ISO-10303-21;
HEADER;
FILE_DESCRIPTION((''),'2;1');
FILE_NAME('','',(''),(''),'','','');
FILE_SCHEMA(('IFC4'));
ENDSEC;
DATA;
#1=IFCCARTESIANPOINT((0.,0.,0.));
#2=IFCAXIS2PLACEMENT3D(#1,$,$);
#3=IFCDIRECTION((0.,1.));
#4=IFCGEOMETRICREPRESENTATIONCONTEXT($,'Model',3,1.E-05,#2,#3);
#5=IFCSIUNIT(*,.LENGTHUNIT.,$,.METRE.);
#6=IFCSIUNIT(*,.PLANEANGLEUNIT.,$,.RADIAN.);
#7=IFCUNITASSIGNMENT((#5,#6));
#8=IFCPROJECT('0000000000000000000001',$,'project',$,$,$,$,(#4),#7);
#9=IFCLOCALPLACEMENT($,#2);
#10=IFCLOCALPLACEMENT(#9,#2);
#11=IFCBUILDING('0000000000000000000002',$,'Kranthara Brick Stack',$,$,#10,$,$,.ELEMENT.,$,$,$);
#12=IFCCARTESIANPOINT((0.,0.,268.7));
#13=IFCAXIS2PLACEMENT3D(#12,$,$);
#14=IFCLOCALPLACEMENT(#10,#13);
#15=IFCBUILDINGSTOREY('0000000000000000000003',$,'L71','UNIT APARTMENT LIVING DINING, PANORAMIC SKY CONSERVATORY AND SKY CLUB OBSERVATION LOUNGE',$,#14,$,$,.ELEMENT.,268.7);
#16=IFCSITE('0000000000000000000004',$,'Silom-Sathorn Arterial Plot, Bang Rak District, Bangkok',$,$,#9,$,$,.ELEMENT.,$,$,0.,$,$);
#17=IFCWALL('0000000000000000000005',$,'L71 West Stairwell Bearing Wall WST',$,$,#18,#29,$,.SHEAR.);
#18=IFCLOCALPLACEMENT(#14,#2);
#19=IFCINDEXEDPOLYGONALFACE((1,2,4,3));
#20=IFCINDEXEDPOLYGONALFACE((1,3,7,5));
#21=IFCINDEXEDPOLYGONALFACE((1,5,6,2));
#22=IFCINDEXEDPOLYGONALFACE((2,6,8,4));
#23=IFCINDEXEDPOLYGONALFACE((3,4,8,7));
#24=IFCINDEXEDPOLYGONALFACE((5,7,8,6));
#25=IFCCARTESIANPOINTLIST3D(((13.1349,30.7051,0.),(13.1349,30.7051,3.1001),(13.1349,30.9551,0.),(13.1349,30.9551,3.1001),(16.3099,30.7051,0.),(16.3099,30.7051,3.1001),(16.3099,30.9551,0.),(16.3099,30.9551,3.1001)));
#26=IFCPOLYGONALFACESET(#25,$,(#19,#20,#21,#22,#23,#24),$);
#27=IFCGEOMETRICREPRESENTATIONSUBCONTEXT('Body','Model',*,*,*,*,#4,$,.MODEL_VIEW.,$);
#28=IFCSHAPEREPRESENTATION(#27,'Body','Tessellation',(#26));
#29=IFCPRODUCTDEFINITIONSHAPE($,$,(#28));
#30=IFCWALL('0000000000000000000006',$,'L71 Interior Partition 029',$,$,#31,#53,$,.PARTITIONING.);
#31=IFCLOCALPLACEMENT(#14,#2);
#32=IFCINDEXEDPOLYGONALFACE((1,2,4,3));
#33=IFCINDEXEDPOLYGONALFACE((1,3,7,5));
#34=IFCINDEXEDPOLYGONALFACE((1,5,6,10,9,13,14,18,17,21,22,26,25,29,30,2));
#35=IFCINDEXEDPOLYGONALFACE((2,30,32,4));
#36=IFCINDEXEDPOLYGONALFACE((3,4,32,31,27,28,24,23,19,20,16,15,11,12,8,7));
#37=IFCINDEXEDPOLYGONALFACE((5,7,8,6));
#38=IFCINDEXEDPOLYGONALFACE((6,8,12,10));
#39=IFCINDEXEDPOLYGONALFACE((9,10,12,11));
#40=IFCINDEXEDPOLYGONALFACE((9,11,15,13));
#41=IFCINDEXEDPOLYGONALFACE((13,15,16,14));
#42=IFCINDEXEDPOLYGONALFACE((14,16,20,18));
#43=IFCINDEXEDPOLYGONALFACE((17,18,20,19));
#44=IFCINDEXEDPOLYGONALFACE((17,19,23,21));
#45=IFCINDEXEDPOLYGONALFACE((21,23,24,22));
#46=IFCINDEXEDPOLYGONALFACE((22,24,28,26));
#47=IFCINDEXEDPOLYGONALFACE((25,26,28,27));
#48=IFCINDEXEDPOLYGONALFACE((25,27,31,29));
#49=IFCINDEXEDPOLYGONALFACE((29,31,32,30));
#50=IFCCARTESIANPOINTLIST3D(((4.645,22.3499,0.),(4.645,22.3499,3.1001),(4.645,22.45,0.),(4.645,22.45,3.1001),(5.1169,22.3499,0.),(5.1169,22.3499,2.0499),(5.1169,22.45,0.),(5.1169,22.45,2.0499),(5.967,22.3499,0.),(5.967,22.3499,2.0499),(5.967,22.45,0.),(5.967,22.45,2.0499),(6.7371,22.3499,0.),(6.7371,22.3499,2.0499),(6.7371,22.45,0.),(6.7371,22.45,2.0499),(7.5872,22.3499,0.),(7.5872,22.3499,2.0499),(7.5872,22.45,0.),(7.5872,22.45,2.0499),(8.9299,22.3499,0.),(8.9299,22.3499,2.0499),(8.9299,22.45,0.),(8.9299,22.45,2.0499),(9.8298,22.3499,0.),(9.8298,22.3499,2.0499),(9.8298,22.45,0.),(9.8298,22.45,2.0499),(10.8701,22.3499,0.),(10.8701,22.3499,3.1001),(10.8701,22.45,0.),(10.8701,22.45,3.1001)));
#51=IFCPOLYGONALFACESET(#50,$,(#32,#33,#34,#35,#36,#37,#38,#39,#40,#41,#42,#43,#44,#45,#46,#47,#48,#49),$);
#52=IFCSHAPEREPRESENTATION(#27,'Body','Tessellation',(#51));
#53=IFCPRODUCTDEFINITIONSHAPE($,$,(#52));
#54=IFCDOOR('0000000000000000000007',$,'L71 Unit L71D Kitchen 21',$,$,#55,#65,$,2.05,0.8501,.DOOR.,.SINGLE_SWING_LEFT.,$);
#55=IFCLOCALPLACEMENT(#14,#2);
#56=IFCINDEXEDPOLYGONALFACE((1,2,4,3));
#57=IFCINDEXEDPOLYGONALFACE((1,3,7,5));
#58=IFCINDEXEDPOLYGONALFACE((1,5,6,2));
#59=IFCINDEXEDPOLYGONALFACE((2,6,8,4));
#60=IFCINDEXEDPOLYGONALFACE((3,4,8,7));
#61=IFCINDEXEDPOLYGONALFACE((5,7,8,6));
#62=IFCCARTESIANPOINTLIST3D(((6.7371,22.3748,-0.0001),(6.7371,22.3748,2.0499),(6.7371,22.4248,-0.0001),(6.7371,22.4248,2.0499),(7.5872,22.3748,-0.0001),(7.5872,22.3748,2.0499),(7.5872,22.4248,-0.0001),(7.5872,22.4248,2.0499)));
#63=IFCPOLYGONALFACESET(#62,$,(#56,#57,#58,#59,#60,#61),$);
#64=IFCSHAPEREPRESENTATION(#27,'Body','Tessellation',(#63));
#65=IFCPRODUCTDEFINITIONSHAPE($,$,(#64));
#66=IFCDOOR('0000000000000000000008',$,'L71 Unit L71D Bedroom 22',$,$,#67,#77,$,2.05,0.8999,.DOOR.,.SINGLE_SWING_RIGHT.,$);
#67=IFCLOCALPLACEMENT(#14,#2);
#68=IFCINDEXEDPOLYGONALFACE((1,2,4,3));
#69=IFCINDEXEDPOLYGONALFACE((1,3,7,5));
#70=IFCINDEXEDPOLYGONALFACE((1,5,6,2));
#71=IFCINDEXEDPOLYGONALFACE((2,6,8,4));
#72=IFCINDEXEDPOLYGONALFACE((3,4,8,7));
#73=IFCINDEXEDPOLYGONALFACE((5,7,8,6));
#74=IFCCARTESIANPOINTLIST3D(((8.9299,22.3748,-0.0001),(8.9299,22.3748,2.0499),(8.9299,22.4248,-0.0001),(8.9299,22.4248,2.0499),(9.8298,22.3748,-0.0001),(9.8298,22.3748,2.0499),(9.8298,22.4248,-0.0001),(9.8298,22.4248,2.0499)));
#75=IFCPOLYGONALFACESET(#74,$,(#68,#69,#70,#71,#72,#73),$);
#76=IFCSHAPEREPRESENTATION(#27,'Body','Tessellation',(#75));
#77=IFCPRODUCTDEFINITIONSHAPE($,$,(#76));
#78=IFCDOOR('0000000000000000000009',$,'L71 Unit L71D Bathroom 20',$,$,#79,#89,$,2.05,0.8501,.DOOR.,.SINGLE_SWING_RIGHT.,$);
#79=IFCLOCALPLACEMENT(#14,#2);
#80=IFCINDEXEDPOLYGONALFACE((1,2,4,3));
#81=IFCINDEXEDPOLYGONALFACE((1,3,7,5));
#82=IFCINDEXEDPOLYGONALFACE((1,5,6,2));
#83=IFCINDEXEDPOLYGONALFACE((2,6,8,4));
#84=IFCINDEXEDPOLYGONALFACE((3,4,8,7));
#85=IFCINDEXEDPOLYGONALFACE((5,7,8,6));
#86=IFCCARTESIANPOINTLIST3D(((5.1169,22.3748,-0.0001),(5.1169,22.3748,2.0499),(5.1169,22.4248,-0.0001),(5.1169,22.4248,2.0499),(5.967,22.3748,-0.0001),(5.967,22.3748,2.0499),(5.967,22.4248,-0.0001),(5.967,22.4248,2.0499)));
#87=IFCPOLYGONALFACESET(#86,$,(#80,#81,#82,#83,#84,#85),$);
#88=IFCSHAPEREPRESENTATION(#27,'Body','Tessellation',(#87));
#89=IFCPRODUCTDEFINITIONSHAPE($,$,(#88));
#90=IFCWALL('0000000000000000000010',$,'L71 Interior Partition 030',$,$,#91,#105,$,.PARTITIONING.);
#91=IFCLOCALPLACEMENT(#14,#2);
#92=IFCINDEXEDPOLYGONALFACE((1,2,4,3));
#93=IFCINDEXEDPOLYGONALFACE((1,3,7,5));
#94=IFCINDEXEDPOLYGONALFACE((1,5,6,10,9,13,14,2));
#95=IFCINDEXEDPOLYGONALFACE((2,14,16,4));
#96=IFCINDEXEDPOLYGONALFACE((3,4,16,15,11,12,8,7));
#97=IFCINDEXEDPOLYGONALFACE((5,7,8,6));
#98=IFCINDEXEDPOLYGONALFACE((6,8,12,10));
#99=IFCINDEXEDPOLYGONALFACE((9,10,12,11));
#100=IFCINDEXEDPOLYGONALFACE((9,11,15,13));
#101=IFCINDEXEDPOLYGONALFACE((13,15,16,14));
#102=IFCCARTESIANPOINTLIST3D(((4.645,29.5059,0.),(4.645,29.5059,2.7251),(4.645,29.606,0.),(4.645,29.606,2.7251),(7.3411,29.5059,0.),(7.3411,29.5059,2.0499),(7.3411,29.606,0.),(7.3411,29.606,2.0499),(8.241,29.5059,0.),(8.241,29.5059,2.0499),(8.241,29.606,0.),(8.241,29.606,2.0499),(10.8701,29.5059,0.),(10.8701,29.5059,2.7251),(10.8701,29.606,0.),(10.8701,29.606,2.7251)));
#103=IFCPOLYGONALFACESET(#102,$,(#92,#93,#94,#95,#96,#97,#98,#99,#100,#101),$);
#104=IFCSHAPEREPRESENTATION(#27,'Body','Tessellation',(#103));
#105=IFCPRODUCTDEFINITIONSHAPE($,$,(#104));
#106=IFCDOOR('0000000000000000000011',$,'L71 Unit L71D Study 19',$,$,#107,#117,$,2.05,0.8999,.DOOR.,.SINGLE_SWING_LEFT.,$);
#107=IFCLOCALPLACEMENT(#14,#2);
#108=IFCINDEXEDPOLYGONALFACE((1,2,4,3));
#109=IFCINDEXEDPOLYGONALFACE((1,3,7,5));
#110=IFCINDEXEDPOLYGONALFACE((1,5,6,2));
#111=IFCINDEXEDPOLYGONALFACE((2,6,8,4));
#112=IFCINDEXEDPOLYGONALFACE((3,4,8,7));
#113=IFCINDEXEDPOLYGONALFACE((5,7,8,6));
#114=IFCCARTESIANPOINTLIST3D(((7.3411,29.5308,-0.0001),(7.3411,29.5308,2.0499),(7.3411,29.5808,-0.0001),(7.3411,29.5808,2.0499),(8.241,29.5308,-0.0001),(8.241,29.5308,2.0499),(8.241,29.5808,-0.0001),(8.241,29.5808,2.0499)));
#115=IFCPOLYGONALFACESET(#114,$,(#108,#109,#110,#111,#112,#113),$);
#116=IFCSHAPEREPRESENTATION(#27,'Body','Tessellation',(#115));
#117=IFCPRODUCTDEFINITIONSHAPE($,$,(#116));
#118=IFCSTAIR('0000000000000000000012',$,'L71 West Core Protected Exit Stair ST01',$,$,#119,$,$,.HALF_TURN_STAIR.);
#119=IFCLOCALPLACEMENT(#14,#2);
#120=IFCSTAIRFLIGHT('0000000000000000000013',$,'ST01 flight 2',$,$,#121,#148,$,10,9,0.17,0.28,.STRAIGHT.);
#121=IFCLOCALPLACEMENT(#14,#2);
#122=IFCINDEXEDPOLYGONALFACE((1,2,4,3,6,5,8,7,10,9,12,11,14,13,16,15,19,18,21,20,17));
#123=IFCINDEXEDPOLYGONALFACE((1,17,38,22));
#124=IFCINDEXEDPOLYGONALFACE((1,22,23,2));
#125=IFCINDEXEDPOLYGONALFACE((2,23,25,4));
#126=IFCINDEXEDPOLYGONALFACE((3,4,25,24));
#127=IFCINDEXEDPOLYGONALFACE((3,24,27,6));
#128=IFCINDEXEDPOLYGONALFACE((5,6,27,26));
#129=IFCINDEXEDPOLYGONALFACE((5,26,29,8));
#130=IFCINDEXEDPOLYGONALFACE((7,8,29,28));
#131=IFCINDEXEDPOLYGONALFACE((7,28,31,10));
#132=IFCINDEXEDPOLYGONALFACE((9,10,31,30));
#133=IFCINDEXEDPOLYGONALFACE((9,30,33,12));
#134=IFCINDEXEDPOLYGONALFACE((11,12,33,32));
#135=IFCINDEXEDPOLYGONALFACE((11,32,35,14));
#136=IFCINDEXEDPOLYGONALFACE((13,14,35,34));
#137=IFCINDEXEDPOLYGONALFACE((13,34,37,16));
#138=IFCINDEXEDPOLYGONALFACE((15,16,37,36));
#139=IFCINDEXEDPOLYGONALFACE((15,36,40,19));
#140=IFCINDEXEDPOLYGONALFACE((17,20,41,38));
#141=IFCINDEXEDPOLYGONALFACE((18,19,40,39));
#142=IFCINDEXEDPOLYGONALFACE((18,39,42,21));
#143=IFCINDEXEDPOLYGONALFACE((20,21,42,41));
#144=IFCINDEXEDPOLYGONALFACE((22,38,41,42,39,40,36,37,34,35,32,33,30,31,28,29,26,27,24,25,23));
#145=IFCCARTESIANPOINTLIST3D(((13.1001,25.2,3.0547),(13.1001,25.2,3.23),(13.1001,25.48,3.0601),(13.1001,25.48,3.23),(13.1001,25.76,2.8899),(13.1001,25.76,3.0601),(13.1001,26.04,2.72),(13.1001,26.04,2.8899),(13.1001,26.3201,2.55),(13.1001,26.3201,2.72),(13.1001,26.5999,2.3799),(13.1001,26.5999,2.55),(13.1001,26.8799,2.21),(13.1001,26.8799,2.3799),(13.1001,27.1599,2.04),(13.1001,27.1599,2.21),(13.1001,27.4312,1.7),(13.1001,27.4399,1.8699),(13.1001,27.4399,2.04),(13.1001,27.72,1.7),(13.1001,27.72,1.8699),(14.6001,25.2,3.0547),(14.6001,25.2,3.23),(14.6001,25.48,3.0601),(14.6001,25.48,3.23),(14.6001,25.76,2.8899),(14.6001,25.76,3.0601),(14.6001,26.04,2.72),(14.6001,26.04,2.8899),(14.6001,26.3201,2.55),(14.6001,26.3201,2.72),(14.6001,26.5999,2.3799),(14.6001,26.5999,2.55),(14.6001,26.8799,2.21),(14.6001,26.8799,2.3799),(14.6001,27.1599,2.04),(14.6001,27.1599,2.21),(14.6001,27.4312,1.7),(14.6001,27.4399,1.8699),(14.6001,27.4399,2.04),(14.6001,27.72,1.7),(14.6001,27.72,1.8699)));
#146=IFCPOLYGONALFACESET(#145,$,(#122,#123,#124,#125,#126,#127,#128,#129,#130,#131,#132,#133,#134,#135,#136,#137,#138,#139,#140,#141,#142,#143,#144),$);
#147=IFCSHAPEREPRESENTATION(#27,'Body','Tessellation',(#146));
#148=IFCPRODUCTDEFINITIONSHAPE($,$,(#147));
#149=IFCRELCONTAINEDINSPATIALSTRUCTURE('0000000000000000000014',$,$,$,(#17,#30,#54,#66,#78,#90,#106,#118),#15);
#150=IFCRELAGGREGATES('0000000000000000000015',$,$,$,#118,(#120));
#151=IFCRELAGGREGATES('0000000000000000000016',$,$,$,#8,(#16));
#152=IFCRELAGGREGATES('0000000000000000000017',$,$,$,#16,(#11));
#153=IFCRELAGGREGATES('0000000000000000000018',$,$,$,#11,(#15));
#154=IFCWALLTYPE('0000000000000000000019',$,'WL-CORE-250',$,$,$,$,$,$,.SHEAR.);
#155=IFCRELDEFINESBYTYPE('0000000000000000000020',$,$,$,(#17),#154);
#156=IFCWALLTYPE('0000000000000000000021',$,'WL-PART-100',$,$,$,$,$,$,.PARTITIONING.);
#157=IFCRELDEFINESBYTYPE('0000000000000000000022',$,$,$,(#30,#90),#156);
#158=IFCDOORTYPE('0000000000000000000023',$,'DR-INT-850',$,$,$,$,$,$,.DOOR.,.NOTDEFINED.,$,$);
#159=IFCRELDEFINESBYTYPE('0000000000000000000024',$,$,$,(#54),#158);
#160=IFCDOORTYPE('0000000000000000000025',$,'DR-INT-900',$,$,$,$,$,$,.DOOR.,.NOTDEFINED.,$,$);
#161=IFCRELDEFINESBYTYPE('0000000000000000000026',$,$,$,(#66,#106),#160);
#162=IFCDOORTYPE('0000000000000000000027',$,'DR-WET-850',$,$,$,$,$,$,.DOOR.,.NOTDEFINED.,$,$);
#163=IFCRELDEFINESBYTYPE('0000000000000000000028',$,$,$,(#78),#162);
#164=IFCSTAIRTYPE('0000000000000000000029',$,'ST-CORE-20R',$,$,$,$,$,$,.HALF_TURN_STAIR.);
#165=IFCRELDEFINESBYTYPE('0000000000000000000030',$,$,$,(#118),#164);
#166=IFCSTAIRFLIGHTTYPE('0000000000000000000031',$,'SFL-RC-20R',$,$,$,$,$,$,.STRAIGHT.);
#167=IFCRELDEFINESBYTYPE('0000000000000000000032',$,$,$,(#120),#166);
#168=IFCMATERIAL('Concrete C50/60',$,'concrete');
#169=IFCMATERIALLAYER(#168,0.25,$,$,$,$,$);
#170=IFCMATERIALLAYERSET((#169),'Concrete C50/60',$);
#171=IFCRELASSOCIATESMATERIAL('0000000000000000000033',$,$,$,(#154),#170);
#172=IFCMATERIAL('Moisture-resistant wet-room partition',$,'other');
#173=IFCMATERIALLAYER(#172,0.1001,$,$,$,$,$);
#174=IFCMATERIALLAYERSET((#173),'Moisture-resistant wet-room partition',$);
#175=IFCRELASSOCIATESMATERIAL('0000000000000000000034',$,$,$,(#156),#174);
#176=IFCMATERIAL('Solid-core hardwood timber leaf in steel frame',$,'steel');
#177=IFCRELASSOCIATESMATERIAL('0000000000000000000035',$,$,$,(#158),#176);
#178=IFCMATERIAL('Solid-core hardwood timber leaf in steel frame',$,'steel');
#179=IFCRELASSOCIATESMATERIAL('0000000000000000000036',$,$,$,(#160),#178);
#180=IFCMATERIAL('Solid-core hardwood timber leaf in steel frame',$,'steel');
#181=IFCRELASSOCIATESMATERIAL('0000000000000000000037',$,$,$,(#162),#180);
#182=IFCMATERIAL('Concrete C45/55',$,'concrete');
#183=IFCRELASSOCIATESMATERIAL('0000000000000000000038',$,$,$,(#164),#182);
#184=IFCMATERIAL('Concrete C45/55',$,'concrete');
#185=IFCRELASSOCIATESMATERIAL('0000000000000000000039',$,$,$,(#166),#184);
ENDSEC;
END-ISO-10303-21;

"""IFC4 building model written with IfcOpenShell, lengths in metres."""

from ifc_helpers import new_model, si_unit, direction, frame, frame_2d, origin, place, context, subcontext, project, spatial, polyline, rectangle, outline, extrude, material, layer, layer_set, type_object, element, fill, aggregate, save


model = new_model("IFC4")

# Units and contexts
model_context = context("Model", 3, precision=1e-05, world=origin(), true_north=direction((0.0, 1.0)))
body_context = subcontext(model_context, "Body", "Model", "MODEL_VIEW")
ifc_project = project(units=[si_unit("LENGTHUNIT", "METRE"), si_unit("PLANEANGLEUNIT", "RADIAN")], contexts=[model_context])

# Site, building, storey
site_placement = place(None, origin())
site = spatial("IfcSite", under=ifc_project, at=site_placement, Name="Silom-Sathorn Arterial Plot, Bang Rak District, Bangkok", CompositionType="ELEMENT", RefElevation=0.0)
building_placement = place(site_placement, origin())
building = spatial("IfcBuilding", under=site, at=building_placement, Name="Kranthara Brick Stack", CompositionType="ELEMENT")
storey_placement = place(building_placement, frame((0.0, 0.0, 268.7)))
storey = spatial("IfcBuildingStorey", under=building, at=storey_placement, Name="L71", Description="UNIT APARTMENT LIVING DINING, PANORAMIC SKY CONSERVATORY AND SKY CLUB OBSERVATION LOUNGE", CompositionType="ELEMENT", Elevation=268.7)

# Wall
ifc_material_1 = material(Name="Concrete C50/60", Category="concrete")
ifc_layer_1 = layer(ifc_material_1, 0.25)
ifc_layer_set_1 = layer_set([ifc_layer_1], Name="Concrete C50/60")
wall_type_1 = type_object("IfcWallType", Name="WL-CORE-250", PredefinedType="SHEAR", material=ifc_layer_set_1)
for number, where, z_axis, x_axis, name in (
    (1, (13.135, 30.8301, 0.0), (0.0, 0.0, 1.0), (1.0, 0.0, 0.0), "L71 West Stairwell Bearing Wall WST"),
):
    element("IfcWall", number, at=place(storey_placement, frame(where, z_axis=z_axis, x_axis=x_axis)), inside=storey, type_object=wall_type_1, Name=name, PredefinedType="SHEAR", context=body_context, shape_type="SweptSolid", body=[
        extrude(rectangle(XDim=3.175, YDim=0.25, at=frame_2d((1.5874, 0.0))), origin(), (0.0, 0.0, 1.0), 3.1001),
    ])

# Wall, openings, doors
ifc_material_2 = material(Name="Moisture-resistant wet-room partition", Category="other")
ifc_layer_2 = layer(ifc_material_2, 0.1001)
ifc_layer_set_2 = layer_set([ifc_layer_2], Name="Moisture-resistant wet-room partition")
wall_type_2 = type_object("IfcWallType", Name="WL-PART-100", PredefinedType="PARTITIONING", material=ifc_layer_set_2)
wall_1_placement = place(storey_placement, frame((4.645, 22.3999, 0.0), z_axis=(0.0, 0.0, 1.0), x_axis=(1.0, 0.0, 0.0)))
wall_1 = element("IfcWall", 2, at=wall_1_placement, inside=storey, type_object=wall_type_2, Name="L71 Interior Partition 029", PredefinedType="PARTITIONING", context=body_context, shape_type="SweptSolid", body=[
    extrude(rectangle(XDim=6.2251, YDim=0.1001, at=frame_2d((3.1125, 0.0))), origin(), (0.0, 0.0, 1.0), 3.1001),
])
opening_1_placement = place(wall_1_placement, frame((0.4719, 0.0, 0.0)))
opening_1 = element("IfcOpeningElement", 3, at=opening_1_placement, cuts=wall_1, PredefinedType="OPENING", context=body_context, shape_type="SweptSolid", body=[
    extrude(rectangle(XDim=0.8501, YDim=2.05, at=frame_2d((0.425, 1.0249))), frame((0.0, 0.0601, 0.0), z_axis=(0.0, -1.0, 0.0), x_axis=(1.0, 0.0, 0.0)), (0.0, 0.0, 1.0), 0.1201),
])
opening_2_placement = place(wall_1_placement, frame((2.092, 0.0, 0.0)))
opening_2 = element("IfcOpeningElement", 4, at=opening_2_placement, cuts=wall_1, PredefinedType="OPENING", context=body_context, shape_type="SweptSolid", body=[
    extrude(rectangle(XDim=0.8501, YDim=2.05, at=frame_2d((0.425, 1.0249))), frame((0.0, 0.0601, 0.0), z_axis=(0.0, -1.0, 0.0), x_axis=(1.0, 0.0, 0.0)), (0.0, 0.0, 1.0), 0.1201),
])
opening_3_placement = place(wall_1_placement, frame((4.2849, 0.0, 0.0)))
opening_3 = element("IfcOpeningElement", 5, at=opening_3_placement, cuts=wall_1, PredefinedType="OPENING", context=body_context, shape_type="SweptSolid", body=[
    extrude(rectangle(XDim=0.8999, YDim=2.05, at=frame_2d((0.45, 1.0249))), frame((0.0, 0.0601, 0.0), z_axis=(0.0, -1.0, 0.0), x_axis=(1.0, 0.0, 0.0)), (0.0, 0.0, 1.0), 0.1201),
])
ifc_material_3 = material(Name="Solid-core hardwood timber leaf in steel frame", Category="steel")
door_type_1 = type_object("IfcDoorType", Name="DR-INT-850", OperationType="NOTDEFINED", PredefinedType="DOOR", material=ifc_material_3)
door_1_placement = place(opening_2_placement, origin())
door_1 = element("IfcDoor", 6, at=door_1_placement, inside=storey, type_object=door_type_1, Name="L71 Unit L71D Kitchen 21", OperationType="SINGLE_SWING_LEFT", OverallHeight=2.05, OverallWidth=0.8501, PredefinedType="DOOR", context=body_context, shape_type="SweptSolid", body=[
    extrude(rectangle(XDim=0.8501, YDim=2.05, at=frame_2d((0.425, 1.0249))), frame((0.0, 0.0249, 0.0), z_axis=(0.0, -1.0, 0.0), x_axis=(1.0, 0.0, 0.0)), (0.0, 0.0, 1.0), 0.05),
])
fill(opening_2, door_1)
ifc_material_4 = material(Name="Solid-core hardwood timber leaf in steel frame", Category="steel")
door_type_2 = type_object("IfcDoorType", Name="DR-INT-900", OperationType="NOTDEFINED", PredefinedType="DOOR", material=ifc_material_4)
door_2_placement = place(opening_3_placement, origin())
door_2 = element("IfcDoor", 7, at=door_2_placement, inside=storey, type_object=door_type_2, Name="L71 Unit L71D Bedroom 22", OperationType="SINGLE_SWING_RIGHT", OverallHeight=2.05, OverallWidth=0.8999, PredefinedType="DOOR", context=body_context, shape_type="SweptSolid", body=[
    extrude(rectangle(XDim=0.8999, YDim=2.05, at=frame_2d((0.45, 1.0249))), frame((0.0, 0.0249, 0.0), z_axis=(0.0, -1.0, 0.0), x_axis=(1.0, 0.0, 0.0)), (0.0, 0.0, 1.0), 0.05),
])
fill(opening_3, door_2)
ifc_material_5 = material(Name="Solid-core hardwood timber leaf in steel frame", Category="steel")
door_type_3 = type_object("IfcDoorType", Name="DR-WET-850", OperationType="NOTDEFINED", PredefinedType="DOOR", material=ifc_material_5)
door_3_placement = place(opening_1_placement, origin())
door_3 = element("IfcDoor", 8, at=door_3_placement, inside=storey, type_object=door_type_3, Name="L71 Unit L71D Bathroom 20", OperationType="SINGLE_SWING_RIGHT", OverallHeight=2.05, OverallWidth=0.8501, PredefinedType="DOOR", context=body_context, shape_type="SweptSolid", body=[
    extrude(rectangle(XDim=0.8501, YDim=2.05, at=frame_2d((0.425, 1.0249))), frame((0.0, 0.0249, 0.0), z_axis=(0.0, -1.0, 0.0), x_axis=(1.0, 0.0, 0.0)), (0.0, 0.0, 1.0), 0.05),
])
fill(opening_1, door_3)

# Wall, opening, door
wall_2_placement = place(storey_placement, frame((4.645, 29.5559, 0.0), z_axis=(0.0, 0.0, 1.0), x_axis=(1.0, 0.0, 0.0)))
wall_2 = element("IfcWall", 9, at=wall_2_placement, inside=storey, type_object=wall_type_2, Name="L71 Interior Partition 030", PredefinedType="PARTITIONING", context=body_context, shape_type="SweptSolid", body=[
    extrude(rectangle(XDim=6.2251, YDim=0.1001, at=frame_2d((3.1125, 0.0))), origin(), (0.0, 0.0, 1.0), 2.7251),
])
opening_4_placement = place(wall_2_placement, frame((2.696, 0.0, 0.0)))
opening_4 = element("IfcOpeningElement", 10, at=opening_4_placement, cuts=wall_2, PredefinedType="OPENING", context=body_context, shape_type="SweptSolid", body=[
    extrude(rectangle(XDim=0.8999, YDim=2.05, at=frame_2d((0.45, 1.0249))), frame((0.0, 0.0601, 0.0), z_axis=(0.0, -1.0, 0.0), x_axis=(1.0, 0.0, 0.0)), (0.0, 0.0, 1.0), 0.1201),
])
door_4_placement = place(opening_4_placement, origin())
door_4 = element("IfcDoor", 11, at=door_4_placement, inside=storey, type_object=door_type_2, Name="L71 Unit L71D Study 19", OperationType="SINGLE_SWING_LEFT", OverallHeight=2.05, OverallWidth=0.8999, PredefinedType="DOOR", context=body_context, shape_type="SweptSolid", body=[
    extrude(rectangle(XDim=0.8999, YDim=2.05, at=frame_2d((0.45, 1.0249))), frame((0.0, 0.0249, 0.0), z_axis=(0.0, -1.0, 0.0), x_axis=(1.0, 0.0, 0.0)), (0.0, 0.0, 1.0), 0.05),
])
fill(opening_4, door_4)

# Stair, stair flight
ifc_material_6 = material(Name="Concrete C45/55", Category="concrete")
stair_type = type_object("IfcStairType", Name="ST-CORE-20R", PredefinedType="HALF_TURN_STAIR", material=ifc_material_6)
stair_placement = place(storey_placement, origin())
stair = element("IfcStair", 12, at=stair_placement, inside=storey, type_object=stair_type, Name="L71 West Core Protected Exit Stair ST01", PredefinedType="HALF_TURN_STAIR")
ifc_material_7 = material(Name="Concrete C45/55", Category="concrete")
stair_flight_type = type_object("IfcStairFlightType", Name="SFL-RC-20R", PredefinedType="STRAIGHT", material=ifc_material_7)
stair_flight_placement = place(storey_placement, frame((13.8501, 27.72, 1.7), z_axis=(0.0, 0.0, 1.0), x_axis=(0.0, -1.0, 0.0)))
stair_flight = element("IfcStairFlight", 13, at=stair_flight_placement, type_object=stair_flight_type, Name="ST01 flight 2", NumberOfRisers=10, NumberOfTreads=9, PredefinedType="STRAIGHT", RiserHeight=0.17, TreadLength=0.28, context=body_context, shape_type="SweptSolid", body=[
    extrude(outline(polyline([(0.0, 0.0), (0.0, 0.1699), (0.28, 0.1699), (0.28, 0.3401), (0.5601, 0.3401), (0.5601, 0.51), (0.8401, 0.51), (0.8401, 0.6799), (1.1201, 0.6799), (1.1201, 0.8501), (1.3999, 0.8501), (1.3999, 1.02), (1.6799, 1.02), (1.6799, 1.1899), (1.96, 1.1899), (1.96, 1.3601), (2.24, 1.3601), (2.24, 1.53), (2.52, 1.53), (2.52, 1.7), (2.52, 1.3547), (0.2888, 0.0), (0.0, 0.0)])), frame((0.0, 0.75, 0.0), z_axis=(0.0, -1.0, 0.0), x_axis=(1.0, 0.0, 0.0)), (0.0, 0.0, 1.0), 1.5),
])
aggregate(stair, [stair_flight])

save(model, "model.ifc")
